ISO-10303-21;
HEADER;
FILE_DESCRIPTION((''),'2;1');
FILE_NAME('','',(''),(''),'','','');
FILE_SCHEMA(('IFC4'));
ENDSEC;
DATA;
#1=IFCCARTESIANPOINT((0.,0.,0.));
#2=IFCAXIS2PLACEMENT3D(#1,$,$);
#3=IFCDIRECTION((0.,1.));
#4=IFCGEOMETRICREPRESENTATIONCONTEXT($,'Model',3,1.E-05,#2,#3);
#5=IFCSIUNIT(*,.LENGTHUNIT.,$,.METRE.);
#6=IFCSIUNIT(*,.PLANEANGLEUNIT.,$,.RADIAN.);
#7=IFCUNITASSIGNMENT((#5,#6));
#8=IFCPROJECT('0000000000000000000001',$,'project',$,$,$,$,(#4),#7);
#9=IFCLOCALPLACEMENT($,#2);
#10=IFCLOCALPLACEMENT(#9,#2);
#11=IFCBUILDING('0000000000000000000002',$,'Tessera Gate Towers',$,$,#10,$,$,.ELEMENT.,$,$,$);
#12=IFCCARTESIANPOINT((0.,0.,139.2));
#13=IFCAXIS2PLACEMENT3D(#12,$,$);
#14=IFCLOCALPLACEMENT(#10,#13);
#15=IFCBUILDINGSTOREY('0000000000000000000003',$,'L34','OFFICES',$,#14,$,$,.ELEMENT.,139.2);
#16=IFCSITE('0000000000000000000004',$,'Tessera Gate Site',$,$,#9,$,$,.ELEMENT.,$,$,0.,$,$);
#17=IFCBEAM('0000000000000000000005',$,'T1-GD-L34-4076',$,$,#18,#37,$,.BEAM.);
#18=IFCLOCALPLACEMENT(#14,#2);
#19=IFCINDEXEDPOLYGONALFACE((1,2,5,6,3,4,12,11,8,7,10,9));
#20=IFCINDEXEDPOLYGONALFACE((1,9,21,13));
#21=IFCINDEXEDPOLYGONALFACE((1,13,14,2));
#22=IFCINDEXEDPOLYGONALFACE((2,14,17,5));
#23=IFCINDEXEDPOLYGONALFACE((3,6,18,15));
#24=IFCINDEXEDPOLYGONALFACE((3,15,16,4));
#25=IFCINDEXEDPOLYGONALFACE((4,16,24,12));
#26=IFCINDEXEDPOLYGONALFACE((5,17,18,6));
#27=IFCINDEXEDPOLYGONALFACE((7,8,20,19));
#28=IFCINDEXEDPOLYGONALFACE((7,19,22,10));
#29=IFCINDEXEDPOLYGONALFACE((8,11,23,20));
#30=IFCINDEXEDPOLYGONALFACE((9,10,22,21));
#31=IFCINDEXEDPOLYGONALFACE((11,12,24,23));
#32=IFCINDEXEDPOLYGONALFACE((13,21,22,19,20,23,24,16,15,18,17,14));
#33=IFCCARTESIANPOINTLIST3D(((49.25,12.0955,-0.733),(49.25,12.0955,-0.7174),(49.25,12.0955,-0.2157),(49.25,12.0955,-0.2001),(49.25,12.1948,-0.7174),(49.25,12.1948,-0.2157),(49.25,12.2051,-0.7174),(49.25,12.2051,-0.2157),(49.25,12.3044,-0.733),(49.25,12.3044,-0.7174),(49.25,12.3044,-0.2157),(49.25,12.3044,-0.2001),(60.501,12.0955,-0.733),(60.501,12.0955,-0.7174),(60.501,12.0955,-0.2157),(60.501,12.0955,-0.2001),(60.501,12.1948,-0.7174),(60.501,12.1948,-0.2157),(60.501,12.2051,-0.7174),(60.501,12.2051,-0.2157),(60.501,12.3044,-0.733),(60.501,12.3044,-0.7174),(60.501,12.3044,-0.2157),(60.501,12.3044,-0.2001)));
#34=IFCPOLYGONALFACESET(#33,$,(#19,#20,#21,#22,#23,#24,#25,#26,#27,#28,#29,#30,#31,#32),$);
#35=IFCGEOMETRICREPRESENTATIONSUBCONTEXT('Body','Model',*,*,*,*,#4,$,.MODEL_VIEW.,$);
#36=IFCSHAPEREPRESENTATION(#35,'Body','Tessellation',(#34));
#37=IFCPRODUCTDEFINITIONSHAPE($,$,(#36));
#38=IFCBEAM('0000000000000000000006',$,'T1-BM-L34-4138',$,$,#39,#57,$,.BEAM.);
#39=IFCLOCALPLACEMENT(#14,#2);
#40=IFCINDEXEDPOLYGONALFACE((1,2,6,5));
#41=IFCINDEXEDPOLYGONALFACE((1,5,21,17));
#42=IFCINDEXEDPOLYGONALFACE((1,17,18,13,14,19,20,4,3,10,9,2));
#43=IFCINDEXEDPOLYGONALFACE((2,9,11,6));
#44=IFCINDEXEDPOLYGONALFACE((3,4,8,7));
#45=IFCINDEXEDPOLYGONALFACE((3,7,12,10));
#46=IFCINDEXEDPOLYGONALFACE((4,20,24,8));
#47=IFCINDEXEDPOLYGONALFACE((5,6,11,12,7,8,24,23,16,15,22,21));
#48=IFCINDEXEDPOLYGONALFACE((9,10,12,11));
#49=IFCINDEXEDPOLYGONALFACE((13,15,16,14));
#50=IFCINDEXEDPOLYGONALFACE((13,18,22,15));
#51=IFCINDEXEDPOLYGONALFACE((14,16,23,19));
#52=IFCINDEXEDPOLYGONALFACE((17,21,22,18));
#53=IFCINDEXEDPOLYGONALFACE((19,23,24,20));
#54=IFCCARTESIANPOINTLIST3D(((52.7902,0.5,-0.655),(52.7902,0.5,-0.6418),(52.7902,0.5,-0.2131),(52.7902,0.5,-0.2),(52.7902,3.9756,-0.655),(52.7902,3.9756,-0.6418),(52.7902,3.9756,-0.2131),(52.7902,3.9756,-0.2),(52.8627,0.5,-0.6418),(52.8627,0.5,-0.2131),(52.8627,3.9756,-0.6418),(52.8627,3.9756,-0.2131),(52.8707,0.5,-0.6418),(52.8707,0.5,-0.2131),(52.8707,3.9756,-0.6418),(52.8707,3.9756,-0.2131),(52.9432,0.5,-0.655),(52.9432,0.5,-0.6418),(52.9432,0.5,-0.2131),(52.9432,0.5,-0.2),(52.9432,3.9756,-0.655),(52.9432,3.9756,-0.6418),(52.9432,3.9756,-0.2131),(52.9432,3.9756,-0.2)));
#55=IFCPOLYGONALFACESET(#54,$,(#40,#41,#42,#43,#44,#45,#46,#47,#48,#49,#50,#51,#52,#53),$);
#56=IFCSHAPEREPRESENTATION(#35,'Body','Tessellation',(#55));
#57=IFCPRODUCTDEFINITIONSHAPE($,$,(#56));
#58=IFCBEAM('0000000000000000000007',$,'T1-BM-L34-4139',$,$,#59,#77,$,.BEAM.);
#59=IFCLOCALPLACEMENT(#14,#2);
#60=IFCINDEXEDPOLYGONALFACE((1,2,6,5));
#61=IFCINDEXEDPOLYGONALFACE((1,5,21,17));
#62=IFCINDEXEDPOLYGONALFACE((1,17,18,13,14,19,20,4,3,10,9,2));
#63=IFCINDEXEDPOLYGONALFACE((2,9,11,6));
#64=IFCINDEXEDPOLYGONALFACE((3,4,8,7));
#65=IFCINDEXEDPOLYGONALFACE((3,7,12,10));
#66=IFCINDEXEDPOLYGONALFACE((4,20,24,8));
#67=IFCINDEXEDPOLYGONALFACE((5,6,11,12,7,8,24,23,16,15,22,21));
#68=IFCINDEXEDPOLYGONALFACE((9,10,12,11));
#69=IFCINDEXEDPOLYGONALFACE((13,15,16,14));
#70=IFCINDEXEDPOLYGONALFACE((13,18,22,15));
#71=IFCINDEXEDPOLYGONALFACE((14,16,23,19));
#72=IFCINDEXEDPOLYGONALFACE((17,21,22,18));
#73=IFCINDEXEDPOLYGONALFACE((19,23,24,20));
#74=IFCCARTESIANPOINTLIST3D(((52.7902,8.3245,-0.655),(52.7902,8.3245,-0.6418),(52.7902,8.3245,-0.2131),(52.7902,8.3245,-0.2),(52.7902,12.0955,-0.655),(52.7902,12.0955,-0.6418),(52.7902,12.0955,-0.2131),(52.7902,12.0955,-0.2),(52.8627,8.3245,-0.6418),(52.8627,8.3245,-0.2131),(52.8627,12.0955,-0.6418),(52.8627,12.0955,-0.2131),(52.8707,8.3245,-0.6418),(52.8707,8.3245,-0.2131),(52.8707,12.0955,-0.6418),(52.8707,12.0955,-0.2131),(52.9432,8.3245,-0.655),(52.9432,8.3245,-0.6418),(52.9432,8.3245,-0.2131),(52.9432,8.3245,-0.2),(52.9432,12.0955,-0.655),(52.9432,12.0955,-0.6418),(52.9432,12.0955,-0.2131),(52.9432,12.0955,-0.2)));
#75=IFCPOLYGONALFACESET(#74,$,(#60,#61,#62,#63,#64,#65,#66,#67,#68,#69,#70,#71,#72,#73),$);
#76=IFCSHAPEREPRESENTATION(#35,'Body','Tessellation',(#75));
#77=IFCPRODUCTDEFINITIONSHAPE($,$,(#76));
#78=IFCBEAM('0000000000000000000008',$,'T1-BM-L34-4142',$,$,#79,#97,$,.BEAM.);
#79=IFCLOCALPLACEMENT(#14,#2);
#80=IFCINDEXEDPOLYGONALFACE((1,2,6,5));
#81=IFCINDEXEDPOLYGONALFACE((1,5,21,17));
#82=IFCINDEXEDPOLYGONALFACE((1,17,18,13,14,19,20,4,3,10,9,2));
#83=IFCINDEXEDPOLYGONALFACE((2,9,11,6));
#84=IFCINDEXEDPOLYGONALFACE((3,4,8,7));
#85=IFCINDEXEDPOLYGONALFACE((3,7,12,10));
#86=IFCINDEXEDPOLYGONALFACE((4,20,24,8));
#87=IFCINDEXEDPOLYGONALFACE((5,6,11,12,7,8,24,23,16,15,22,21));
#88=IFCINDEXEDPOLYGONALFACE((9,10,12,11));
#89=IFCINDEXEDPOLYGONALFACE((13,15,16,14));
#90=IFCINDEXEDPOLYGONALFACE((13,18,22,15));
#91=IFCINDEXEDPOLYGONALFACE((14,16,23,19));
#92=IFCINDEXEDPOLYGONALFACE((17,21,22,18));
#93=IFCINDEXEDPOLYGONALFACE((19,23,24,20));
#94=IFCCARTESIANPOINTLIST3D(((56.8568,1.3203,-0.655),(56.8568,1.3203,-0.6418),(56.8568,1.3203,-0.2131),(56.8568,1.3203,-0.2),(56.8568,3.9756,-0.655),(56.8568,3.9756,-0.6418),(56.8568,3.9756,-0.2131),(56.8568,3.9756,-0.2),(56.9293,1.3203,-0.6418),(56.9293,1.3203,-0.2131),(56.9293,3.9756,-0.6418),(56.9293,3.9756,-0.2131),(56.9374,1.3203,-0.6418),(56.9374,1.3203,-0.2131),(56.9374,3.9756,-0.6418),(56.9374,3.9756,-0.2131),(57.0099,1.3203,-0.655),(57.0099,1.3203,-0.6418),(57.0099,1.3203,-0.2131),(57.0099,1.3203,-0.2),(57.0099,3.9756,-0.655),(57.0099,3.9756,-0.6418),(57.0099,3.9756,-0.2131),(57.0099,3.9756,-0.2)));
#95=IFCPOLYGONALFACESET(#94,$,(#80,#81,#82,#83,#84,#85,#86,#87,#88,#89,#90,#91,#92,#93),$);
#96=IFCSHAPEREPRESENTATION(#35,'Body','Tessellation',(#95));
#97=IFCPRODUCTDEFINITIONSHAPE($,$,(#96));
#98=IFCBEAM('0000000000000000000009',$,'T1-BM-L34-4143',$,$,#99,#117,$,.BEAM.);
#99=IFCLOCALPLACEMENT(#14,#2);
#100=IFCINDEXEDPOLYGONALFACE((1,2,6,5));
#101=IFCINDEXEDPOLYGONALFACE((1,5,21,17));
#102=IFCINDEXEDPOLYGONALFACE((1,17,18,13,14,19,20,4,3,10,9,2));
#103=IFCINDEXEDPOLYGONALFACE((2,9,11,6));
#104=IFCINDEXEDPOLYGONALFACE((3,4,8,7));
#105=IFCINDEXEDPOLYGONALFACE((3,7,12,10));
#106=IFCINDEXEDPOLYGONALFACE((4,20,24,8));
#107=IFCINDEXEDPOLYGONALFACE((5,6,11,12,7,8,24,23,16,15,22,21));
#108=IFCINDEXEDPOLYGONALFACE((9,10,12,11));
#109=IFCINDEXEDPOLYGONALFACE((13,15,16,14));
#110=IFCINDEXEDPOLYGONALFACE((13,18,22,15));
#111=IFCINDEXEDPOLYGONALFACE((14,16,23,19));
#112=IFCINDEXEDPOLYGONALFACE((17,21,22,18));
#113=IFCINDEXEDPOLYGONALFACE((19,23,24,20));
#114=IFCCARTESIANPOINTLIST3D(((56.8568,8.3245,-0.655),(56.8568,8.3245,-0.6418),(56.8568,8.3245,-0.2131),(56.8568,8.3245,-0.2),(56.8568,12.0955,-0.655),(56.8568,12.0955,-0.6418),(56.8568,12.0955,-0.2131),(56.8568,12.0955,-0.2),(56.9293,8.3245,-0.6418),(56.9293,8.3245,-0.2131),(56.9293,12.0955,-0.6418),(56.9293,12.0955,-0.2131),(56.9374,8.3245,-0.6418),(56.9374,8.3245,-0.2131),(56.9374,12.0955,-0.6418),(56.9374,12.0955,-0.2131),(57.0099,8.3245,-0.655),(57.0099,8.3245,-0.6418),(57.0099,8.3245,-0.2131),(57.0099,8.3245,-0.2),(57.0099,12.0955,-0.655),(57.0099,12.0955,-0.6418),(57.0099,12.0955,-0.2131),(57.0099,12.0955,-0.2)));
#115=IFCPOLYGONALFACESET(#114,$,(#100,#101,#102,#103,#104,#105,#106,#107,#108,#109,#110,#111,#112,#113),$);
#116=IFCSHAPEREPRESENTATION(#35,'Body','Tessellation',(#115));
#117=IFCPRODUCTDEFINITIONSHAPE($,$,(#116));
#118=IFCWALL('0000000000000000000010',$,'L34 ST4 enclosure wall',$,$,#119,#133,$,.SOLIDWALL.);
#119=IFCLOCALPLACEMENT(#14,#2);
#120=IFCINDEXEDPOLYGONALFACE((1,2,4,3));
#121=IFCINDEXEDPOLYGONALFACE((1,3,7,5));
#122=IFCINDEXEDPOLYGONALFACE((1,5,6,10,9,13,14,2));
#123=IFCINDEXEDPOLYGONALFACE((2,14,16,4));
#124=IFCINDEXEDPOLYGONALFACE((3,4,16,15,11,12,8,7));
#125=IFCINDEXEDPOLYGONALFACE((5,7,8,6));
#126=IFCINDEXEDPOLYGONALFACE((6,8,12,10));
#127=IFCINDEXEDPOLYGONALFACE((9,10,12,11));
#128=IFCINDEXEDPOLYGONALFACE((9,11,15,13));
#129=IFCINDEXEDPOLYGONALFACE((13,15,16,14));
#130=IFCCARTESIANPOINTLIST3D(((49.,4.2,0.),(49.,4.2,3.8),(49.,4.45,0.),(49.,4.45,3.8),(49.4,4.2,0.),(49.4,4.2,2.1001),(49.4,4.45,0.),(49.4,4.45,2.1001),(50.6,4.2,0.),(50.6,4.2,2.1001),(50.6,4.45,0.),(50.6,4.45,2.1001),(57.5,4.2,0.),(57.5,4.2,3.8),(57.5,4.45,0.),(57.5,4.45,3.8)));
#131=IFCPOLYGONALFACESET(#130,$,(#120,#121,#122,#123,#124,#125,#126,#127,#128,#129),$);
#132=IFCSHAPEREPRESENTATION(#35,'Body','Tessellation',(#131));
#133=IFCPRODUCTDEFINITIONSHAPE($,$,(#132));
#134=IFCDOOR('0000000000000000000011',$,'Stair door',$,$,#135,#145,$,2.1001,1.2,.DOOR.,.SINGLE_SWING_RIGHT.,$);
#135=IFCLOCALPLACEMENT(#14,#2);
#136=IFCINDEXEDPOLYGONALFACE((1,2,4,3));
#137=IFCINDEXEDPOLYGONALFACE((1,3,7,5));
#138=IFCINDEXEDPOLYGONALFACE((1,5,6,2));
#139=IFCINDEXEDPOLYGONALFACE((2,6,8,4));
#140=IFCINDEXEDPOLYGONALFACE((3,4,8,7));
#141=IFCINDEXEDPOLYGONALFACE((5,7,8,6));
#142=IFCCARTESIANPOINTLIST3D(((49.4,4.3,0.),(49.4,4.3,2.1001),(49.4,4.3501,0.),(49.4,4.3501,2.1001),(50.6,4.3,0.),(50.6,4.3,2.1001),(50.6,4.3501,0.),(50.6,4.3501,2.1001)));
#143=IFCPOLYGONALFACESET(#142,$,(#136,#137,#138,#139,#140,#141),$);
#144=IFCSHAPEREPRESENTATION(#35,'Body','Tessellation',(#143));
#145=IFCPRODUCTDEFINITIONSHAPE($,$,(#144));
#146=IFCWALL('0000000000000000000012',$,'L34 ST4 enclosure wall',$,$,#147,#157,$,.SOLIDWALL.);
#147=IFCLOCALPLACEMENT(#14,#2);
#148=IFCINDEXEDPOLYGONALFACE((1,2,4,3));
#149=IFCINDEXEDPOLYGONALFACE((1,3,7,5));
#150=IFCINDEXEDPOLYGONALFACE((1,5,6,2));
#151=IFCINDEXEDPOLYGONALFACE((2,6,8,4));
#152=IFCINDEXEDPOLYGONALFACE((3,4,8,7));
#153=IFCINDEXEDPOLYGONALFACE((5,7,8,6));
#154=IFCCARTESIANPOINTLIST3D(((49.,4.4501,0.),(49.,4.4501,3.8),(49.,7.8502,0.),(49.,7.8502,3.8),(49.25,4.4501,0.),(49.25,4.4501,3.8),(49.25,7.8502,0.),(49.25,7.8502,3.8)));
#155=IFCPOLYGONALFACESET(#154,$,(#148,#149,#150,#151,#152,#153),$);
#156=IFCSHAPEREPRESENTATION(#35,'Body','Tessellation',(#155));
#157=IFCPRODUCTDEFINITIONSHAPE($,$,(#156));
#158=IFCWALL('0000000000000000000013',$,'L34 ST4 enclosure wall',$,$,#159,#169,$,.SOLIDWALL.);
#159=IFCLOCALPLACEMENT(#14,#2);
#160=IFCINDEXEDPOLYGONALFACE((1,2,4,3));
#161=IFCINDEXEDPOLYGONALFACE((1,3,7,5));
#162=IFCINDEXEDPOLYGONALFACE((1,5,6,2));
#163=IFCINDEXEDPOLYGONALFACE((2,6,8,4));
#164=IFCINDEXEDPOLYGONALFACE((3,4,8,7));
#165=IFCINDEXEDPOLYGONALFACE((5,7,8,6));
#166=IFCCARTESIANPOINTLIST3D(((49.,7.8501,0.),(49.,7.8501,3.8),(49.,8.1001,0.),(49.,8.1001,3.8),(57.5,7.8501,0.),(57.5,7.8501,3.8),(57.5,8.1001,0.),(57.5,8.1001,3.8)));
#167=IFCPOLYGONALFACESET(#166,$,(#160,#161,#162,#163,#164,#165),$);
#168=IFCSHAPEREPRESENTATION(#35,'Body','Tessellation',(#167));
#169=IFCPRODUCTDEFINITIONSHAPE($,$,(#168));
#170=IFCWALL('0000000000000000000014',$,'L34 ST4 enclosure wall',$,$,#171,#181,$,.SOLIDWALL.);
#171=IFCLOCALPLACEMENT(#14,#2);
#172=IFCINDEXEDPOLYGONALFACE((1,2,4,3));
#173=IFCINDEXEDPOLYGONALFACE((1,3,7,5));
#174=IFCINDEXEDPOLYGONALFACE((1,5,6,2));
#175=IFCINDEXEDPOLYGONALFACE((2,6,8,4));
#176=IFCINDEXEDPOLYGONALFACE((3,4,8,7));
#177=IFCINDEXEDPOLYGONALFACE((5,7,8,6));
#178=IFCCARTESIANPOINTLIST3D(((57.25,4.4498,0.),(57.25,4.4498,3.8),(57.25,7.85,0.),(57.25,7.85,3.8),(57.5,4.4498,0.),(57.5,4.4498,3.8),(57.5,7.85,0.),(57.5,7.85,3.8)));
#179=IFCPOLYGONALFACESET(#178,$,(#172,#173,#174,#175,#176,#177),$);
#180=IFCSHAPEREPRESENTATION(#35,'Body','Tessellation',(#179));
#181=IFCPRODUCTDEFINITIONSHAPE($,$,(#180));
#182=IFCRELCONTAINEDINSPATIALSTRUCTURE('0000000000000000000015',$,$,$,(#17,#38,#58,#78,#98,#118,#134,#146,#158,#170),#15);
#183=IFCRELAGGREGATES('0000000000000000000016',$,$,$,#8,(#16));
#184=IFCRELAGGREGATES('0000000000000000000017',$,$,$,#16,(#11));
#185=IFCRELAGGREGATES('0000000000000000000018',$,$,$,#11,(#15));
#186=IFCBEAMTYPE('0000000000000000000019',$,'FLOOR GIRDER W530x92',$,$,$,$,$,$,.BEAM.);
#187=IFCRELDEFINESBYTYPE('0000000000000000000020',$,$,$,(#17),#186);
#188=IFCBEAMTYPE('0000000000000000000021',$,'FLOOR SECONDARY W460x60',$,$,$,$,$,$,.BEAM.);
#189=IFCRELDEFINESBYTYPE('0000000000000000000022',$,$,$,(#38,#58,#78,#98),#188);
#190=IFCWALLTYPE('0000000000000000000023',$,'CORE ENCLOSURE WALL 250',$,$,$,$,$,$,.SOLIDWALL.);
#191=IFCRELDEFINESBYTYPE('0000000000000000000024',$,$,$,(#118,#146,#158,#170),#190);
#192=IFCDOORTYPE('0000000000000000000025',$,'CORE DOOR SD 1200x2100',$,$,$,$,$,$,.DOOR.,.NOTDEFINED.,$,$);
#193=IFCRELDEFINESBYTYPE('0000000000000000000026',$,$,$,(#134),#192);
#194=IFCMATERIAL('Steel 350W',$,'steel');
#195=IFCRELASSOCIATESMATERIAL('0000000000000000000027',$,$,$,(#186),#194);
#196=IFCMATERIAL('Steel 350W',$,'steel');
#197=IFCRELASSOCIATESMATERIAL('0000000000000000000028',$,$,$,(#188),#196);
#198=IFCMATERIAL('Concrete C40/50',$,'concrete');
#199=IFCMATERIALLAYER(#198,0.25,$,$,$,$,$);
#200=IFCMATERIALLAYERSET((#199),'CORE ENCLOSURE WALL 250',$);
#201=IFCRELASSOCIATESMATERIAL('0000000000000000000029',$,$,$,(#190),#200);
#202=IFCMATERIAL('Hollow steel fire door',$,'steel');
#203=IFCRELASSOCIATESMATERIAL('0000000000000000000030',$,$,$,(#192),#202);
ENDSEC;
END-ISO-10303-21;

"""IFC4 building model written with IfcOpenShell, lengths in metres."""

from ifc_helpers import new_model, si_unit, direction, frame, frame_2d, origin, origin_2d, place, context, subcontext, project, spatial, rectangle, i_section, extrude, source, transform, mapped, material, layer, layer_set, material_profile, profile_set, type_object, element, fill, save


model = new_model("IFC4")

# Units and contexts
model_context = context("Model", 3, precision=1e-05, world=origin(), true_north=direction((0.0, 1.0)))
body_context = subcontext(model_context, "Body", "Model", "MODEL_VIEW")
ifc_project = project(units=[si_unit("LENGTHUNIT", "METRE"), si_unit("PLANEANGLEUNIT", "RADIAN")], contexts=[model_context])

# Site, building, storey
site_placement = place(None, origin())
site = spatial("IfcSite", under=ifc_project, at=site_placement, Name="Tessera Gate Site", CompositionType="ELEMENT", RefElevation=0.0)
building_placement = place(site_placement, origin())
building = spatial("IfcBuilding", under=site, at=building_placement, Name="Tessera Gate Towers", CompositionType="ELEMENT")
storey_placement = place(building_placement, frame((0.0, 0.0, 139.2)))
storey = spatial("IfcBuildingStorey", under=building, at=storey_placement, Name="L34", Description="OFFICES", CompositionType="ELEMENT", Elevation=139.2)

# Beams
ifc_material_1 = material(Name="Steel 350W", Category="steel")
ifc_material_profile_1 = material_profile(ifc_material_1, i_section(OverallWidth=0.209, OverallDepth=0.533, WebThickness=0.0103, FlangeThickness=0.0156, at=origin_2d()), Name="W530x92")
ifc_profile_set_1 = profile_set([ifc_material_profile_1], Name="Steel 350W")
beam_type_1 = type_object("IfcBeamType", Name="FLOOR GIRDER W530x92", PredefinedType="BEAM", material=ifc_profile_set_1)
beam_1_placement = place(storey_placement, frame((49.25, 12.2, -0.4666), z_axis=(1.0, 0.0, 0.0), x_axis=(0.0, 1.0, 0.0)))
element("IfcBeam", 1, at=beam_1_placement, inside=storey, type_object=beam_type_1, Name="T1-GD-L34-4076", PredefinedType="BEAM", context=body_context, shape_type="SweptSolid", body=[
    extrude(i_section(OverallWidth=0.209, OverallDepth=0.533, WebThickness=0.0103, FlangeThickness=0.0156, at=origin_2d()), origin(), (0.0, 0.0, 1.0), 11.251),
])
ifc_material_2 = material(Name="Steel 350W", Category="steel")
ifc_material_profile_2 = material_profile(ifc_material_2, i_section(OverallWidth=0.1531, OverallDepth=0.4551, WebThickness=0.0081, FlangeThickness=0.0132, at=origin_2d()), Name="W460x60")
ifc_profile_set_2 = profile_set([ifc_material_profile_2], Name="Steel 350W")
beam_type_2 = type_object("IfcBeamType", Name="FLOOR SECONDARY W460x60", PredefinedType="BEAM", material=ifc_profile_set_2)
beam_2_placement = place(storey_placement, frame((52.8667, 0.5, -0.4275), z_axis=(0.0, 1.0, 0.0), x_axis=(-1.0, 0.0, 0.0)))
element("IfcBeam", 2, at=beam_2_placement, inside=storey, type_object=beam_type_2, Name="T1-BM-L34-4138", PredefinedType="BEAM", context=body_context, shape_type="SweptSolid", body=[
    extrude(i_section(OverallWidth=0.1531, OverallDepth=0.4551, WebThickness=0.0081, FlangeThickness=0.0132, at=origin_2d()), origin(), (0.0, 0.0, 1.0), 3.4756),
])
beam_3_placement = place(storey_placement, frame((52.8667, 8.3245, -0.4275), z_axis=(0.0, 1.0, 0.0), x_axis=(-1.0, 0.0, 0.0)))
element("IfcBeam", 3, at=beam_3_placement, inside=storey, type_object=beam_type_2, Name="T1-BM-L34-4139", PredefinedType="BEAM", context=body_context, shape_type="SweptSolid", body=[
    extrude(i_section(OverallWidth=0.1531, OverallDepth=0.4551, WebThickness=0.0081, FlangeThickness=0.0132, at=origin_2d()), origin(), (0.0, 0.0, 1.0), 3.771),
])
beam_4_placement = place(storey_placement, frame((56.9333, 1.3203, -0.4275), z_axis=(0.0, 1.0, 0.0), x_axis=(-1.0, 0.0, 0.0)))
element("IfcBeam", 4, at=beam_4_placement, inside=storey, type_object=beam_type_2, Name="T1-BM-L34-4142", PredefinedType="BEAM", context=body_context, shape_type="SweptSolid", body=[
    extrude(i_section(OverallWidth=0.1531, OverallDepth=0.4551, WebThickness=0.0081, FlangeThickness=0.0132, at=origin_2d()), origin(), (0.0, 0.0, 1.0), 2.6553),
])
beam_5_placement = place(storey_placement, frame((56.9333, 8.3245, -0.4275), z_axis=(0.0, 1.0, 0.0), x_axis=(-1.0, 0.0, 0.0)))
element("IfcBeam", 5, at=beam_5_placement, inside=storey, type_object=beam_type_2, Name="T1-BM-L34-4143", PredefinedType="BEAM", context=body_context, shape_type="SweptSolid", body=[
    extrude(i_section(OverallWidth=0.1531, OverallDepth=0.4551, WebThickness=0.0081, FlangeThickness=0.0132, at=origin_2d()), origin(), (0.0, 0.0, 1.0), 3.771),
])

# Wall, opening, door
ifc_material_3 = material(Name="Concrete C40/50", Category="concrete")
ifc_layer_1 = layer(ifc_material_3, 0.25)
ifc_layer_set_1 = layer_set([ifc_layer_1], Name="CORE ENCLOSURE WALL 250")
wall_type_1 = type_object("IfcWallType", Name="CORE ENCLOSURE WALL 250", PredefinedType="SOLIDWALL", material=ifc_layer_set_1)
wall_1_placement = place(storey_placement, frame((57.5, 4.325, 0.0), z_axis=(0.0, 0.0, 1.0), x_axis=(-1.0, 0.0, 0.0)))
wall_1 = element("IfcWall", 6, at=wall_1_placement, inside=storey, type_object=wall_type_1, Name="L34 ST4 enclosure wall", PredefinedType="SOLIDWALL", context=body_context, shape_type="SweptSolid", body=[
    extrude(rectangle(XDim=8.5, YDim=0.25, at=frame_2d((4.25, 0.0))), origin(), (0.0, 0.0, 1.0), 3.8),
])
shared_shape_1 = source(origin(), body_context, "Body", "SweptSolid", [
    extrude(rectangle(XDim=1.2, YDim=2.1001, at=frame_2d((0.6001, 1.05))), frame((0.0, 0.135, 0.0), z_axis=(0.0, -1.0, 0.0), x_axis=(1.0, 0.0, 0.0)), (0.0, 0.0, 1.0), 0.27),
])
opening_1_placement = place(wall_1_placement, frame((6.8999, 0.0, 0.0)))
opening_1 = element("IfcOpeningElement", 7, at=opening_1_placement, cuts=wall_1, PredefinedType="OPENING", context=body_context, shape_type="MappedRepresentation", body=[
    mapped(shared_shape_1, transform((0.0, 0.0, 0.0), scale=1.0)),
])
ifc_material_4 = material(Name="Hollow steel fire door", Category="steel")
door_type = type_object("IfcDoorType", Name="CORE DOOR SD 1200x2100", OperationType="NOTDEFINED", PredefinedType="DOOR", material=ifc_material_4)
shared_shape_2 = source(origin(), body_context, "Body", "SweptSolid", [
    extrude(rectangle(XDim=1.2, YDim=2.1001, at=frame_2d((0.6001, 1.05))), frame((0.0, 0.0249, 0.0), z_axis=(0.0, -1.0, 0.0), x_axis=(1.0, 0.0, 0.0)), (0.0, 0.0, 1.0), 0.05),
])
door_placement = place(opening_1_placement, origin())
door = element("IfcDoor", 8, at=door_placement, inside=storey, type_object=door_type, Name="Stair door", OperationType="SINGLE_SWING_RIGHT", OverallHeight=2.1001, OverallWidth=1.2, PredefinedType="DOOR", context=body_context, shape_type="MappedRepresentation", body=[
    mapped(shared_shape_2, transform((0.0, 0.0, 0.0), scale=1.0)),
])
fill(opening_1, door)

# Walls
wall_2_placement = place(storey_placement, frame((49.125, 4.45, 0.0), z_axis=(0.0, 0.0, 1.0), x_axis=(0.0, 1.0, 0.0)))
element("IfcWall", 9, at=wall_2_placement, inside=storey, type_object=wall_type_1, Name="L34 ST4 enclosure wall", PredefinedType="SOLIDWALL", context=body_context, shape_type="SweptSolid", body=[
    extrude(rectangle(XDim=3.4001, YDim=0.25, at=frame_2d((1.7002, 0.0))), origin(), (0.0, 0.0, 1.0), 3.8),
])
wall_3_placement = place(storey_placement, frame((49.0, 7.9751, 0.0), z_axis=(0.0, 0.0, 1.0), x_axis=(1.0, 0.0, 0.0)))
element("IfcWall", 10, at=wall_3_placement, inside=storey, type_object=wall_type_1, Name="L34 ST4 enclosure wall", PredefinedType="SOLIDWALL", context=body_context, shape_type="SweptSolid", body=[
    extrude(rectangle(XDim=8.5, YDim=0.25, at=frame_2d((4.25, 0.0))), origin(), (0.0, 0.0, 1.0), 3.8),
])
wall_4_placement = place(storey_placement, frame((57.375, 7.8501, 0.0), z_axis=(0.0, 0.0, 1.0), x_axis=(0.0, -1.0, 0.0)))
element("IfcWall", 11, at=wall_4_placement, inside=storey, type_object=wall_type_1, Name="L34 ST4 enclosure wall", PredefinedType="SOLIDWALL", context=body_context, shape_type="SweptSolid", body=[
    extrude(rectangle(XDim=3.4001, YDim=0.25, at=frame_2d((1.7002, 0.0))), origin(), (0.0, 0.0, 1.0), 3.8),
])

save(model, "model.ifc")
